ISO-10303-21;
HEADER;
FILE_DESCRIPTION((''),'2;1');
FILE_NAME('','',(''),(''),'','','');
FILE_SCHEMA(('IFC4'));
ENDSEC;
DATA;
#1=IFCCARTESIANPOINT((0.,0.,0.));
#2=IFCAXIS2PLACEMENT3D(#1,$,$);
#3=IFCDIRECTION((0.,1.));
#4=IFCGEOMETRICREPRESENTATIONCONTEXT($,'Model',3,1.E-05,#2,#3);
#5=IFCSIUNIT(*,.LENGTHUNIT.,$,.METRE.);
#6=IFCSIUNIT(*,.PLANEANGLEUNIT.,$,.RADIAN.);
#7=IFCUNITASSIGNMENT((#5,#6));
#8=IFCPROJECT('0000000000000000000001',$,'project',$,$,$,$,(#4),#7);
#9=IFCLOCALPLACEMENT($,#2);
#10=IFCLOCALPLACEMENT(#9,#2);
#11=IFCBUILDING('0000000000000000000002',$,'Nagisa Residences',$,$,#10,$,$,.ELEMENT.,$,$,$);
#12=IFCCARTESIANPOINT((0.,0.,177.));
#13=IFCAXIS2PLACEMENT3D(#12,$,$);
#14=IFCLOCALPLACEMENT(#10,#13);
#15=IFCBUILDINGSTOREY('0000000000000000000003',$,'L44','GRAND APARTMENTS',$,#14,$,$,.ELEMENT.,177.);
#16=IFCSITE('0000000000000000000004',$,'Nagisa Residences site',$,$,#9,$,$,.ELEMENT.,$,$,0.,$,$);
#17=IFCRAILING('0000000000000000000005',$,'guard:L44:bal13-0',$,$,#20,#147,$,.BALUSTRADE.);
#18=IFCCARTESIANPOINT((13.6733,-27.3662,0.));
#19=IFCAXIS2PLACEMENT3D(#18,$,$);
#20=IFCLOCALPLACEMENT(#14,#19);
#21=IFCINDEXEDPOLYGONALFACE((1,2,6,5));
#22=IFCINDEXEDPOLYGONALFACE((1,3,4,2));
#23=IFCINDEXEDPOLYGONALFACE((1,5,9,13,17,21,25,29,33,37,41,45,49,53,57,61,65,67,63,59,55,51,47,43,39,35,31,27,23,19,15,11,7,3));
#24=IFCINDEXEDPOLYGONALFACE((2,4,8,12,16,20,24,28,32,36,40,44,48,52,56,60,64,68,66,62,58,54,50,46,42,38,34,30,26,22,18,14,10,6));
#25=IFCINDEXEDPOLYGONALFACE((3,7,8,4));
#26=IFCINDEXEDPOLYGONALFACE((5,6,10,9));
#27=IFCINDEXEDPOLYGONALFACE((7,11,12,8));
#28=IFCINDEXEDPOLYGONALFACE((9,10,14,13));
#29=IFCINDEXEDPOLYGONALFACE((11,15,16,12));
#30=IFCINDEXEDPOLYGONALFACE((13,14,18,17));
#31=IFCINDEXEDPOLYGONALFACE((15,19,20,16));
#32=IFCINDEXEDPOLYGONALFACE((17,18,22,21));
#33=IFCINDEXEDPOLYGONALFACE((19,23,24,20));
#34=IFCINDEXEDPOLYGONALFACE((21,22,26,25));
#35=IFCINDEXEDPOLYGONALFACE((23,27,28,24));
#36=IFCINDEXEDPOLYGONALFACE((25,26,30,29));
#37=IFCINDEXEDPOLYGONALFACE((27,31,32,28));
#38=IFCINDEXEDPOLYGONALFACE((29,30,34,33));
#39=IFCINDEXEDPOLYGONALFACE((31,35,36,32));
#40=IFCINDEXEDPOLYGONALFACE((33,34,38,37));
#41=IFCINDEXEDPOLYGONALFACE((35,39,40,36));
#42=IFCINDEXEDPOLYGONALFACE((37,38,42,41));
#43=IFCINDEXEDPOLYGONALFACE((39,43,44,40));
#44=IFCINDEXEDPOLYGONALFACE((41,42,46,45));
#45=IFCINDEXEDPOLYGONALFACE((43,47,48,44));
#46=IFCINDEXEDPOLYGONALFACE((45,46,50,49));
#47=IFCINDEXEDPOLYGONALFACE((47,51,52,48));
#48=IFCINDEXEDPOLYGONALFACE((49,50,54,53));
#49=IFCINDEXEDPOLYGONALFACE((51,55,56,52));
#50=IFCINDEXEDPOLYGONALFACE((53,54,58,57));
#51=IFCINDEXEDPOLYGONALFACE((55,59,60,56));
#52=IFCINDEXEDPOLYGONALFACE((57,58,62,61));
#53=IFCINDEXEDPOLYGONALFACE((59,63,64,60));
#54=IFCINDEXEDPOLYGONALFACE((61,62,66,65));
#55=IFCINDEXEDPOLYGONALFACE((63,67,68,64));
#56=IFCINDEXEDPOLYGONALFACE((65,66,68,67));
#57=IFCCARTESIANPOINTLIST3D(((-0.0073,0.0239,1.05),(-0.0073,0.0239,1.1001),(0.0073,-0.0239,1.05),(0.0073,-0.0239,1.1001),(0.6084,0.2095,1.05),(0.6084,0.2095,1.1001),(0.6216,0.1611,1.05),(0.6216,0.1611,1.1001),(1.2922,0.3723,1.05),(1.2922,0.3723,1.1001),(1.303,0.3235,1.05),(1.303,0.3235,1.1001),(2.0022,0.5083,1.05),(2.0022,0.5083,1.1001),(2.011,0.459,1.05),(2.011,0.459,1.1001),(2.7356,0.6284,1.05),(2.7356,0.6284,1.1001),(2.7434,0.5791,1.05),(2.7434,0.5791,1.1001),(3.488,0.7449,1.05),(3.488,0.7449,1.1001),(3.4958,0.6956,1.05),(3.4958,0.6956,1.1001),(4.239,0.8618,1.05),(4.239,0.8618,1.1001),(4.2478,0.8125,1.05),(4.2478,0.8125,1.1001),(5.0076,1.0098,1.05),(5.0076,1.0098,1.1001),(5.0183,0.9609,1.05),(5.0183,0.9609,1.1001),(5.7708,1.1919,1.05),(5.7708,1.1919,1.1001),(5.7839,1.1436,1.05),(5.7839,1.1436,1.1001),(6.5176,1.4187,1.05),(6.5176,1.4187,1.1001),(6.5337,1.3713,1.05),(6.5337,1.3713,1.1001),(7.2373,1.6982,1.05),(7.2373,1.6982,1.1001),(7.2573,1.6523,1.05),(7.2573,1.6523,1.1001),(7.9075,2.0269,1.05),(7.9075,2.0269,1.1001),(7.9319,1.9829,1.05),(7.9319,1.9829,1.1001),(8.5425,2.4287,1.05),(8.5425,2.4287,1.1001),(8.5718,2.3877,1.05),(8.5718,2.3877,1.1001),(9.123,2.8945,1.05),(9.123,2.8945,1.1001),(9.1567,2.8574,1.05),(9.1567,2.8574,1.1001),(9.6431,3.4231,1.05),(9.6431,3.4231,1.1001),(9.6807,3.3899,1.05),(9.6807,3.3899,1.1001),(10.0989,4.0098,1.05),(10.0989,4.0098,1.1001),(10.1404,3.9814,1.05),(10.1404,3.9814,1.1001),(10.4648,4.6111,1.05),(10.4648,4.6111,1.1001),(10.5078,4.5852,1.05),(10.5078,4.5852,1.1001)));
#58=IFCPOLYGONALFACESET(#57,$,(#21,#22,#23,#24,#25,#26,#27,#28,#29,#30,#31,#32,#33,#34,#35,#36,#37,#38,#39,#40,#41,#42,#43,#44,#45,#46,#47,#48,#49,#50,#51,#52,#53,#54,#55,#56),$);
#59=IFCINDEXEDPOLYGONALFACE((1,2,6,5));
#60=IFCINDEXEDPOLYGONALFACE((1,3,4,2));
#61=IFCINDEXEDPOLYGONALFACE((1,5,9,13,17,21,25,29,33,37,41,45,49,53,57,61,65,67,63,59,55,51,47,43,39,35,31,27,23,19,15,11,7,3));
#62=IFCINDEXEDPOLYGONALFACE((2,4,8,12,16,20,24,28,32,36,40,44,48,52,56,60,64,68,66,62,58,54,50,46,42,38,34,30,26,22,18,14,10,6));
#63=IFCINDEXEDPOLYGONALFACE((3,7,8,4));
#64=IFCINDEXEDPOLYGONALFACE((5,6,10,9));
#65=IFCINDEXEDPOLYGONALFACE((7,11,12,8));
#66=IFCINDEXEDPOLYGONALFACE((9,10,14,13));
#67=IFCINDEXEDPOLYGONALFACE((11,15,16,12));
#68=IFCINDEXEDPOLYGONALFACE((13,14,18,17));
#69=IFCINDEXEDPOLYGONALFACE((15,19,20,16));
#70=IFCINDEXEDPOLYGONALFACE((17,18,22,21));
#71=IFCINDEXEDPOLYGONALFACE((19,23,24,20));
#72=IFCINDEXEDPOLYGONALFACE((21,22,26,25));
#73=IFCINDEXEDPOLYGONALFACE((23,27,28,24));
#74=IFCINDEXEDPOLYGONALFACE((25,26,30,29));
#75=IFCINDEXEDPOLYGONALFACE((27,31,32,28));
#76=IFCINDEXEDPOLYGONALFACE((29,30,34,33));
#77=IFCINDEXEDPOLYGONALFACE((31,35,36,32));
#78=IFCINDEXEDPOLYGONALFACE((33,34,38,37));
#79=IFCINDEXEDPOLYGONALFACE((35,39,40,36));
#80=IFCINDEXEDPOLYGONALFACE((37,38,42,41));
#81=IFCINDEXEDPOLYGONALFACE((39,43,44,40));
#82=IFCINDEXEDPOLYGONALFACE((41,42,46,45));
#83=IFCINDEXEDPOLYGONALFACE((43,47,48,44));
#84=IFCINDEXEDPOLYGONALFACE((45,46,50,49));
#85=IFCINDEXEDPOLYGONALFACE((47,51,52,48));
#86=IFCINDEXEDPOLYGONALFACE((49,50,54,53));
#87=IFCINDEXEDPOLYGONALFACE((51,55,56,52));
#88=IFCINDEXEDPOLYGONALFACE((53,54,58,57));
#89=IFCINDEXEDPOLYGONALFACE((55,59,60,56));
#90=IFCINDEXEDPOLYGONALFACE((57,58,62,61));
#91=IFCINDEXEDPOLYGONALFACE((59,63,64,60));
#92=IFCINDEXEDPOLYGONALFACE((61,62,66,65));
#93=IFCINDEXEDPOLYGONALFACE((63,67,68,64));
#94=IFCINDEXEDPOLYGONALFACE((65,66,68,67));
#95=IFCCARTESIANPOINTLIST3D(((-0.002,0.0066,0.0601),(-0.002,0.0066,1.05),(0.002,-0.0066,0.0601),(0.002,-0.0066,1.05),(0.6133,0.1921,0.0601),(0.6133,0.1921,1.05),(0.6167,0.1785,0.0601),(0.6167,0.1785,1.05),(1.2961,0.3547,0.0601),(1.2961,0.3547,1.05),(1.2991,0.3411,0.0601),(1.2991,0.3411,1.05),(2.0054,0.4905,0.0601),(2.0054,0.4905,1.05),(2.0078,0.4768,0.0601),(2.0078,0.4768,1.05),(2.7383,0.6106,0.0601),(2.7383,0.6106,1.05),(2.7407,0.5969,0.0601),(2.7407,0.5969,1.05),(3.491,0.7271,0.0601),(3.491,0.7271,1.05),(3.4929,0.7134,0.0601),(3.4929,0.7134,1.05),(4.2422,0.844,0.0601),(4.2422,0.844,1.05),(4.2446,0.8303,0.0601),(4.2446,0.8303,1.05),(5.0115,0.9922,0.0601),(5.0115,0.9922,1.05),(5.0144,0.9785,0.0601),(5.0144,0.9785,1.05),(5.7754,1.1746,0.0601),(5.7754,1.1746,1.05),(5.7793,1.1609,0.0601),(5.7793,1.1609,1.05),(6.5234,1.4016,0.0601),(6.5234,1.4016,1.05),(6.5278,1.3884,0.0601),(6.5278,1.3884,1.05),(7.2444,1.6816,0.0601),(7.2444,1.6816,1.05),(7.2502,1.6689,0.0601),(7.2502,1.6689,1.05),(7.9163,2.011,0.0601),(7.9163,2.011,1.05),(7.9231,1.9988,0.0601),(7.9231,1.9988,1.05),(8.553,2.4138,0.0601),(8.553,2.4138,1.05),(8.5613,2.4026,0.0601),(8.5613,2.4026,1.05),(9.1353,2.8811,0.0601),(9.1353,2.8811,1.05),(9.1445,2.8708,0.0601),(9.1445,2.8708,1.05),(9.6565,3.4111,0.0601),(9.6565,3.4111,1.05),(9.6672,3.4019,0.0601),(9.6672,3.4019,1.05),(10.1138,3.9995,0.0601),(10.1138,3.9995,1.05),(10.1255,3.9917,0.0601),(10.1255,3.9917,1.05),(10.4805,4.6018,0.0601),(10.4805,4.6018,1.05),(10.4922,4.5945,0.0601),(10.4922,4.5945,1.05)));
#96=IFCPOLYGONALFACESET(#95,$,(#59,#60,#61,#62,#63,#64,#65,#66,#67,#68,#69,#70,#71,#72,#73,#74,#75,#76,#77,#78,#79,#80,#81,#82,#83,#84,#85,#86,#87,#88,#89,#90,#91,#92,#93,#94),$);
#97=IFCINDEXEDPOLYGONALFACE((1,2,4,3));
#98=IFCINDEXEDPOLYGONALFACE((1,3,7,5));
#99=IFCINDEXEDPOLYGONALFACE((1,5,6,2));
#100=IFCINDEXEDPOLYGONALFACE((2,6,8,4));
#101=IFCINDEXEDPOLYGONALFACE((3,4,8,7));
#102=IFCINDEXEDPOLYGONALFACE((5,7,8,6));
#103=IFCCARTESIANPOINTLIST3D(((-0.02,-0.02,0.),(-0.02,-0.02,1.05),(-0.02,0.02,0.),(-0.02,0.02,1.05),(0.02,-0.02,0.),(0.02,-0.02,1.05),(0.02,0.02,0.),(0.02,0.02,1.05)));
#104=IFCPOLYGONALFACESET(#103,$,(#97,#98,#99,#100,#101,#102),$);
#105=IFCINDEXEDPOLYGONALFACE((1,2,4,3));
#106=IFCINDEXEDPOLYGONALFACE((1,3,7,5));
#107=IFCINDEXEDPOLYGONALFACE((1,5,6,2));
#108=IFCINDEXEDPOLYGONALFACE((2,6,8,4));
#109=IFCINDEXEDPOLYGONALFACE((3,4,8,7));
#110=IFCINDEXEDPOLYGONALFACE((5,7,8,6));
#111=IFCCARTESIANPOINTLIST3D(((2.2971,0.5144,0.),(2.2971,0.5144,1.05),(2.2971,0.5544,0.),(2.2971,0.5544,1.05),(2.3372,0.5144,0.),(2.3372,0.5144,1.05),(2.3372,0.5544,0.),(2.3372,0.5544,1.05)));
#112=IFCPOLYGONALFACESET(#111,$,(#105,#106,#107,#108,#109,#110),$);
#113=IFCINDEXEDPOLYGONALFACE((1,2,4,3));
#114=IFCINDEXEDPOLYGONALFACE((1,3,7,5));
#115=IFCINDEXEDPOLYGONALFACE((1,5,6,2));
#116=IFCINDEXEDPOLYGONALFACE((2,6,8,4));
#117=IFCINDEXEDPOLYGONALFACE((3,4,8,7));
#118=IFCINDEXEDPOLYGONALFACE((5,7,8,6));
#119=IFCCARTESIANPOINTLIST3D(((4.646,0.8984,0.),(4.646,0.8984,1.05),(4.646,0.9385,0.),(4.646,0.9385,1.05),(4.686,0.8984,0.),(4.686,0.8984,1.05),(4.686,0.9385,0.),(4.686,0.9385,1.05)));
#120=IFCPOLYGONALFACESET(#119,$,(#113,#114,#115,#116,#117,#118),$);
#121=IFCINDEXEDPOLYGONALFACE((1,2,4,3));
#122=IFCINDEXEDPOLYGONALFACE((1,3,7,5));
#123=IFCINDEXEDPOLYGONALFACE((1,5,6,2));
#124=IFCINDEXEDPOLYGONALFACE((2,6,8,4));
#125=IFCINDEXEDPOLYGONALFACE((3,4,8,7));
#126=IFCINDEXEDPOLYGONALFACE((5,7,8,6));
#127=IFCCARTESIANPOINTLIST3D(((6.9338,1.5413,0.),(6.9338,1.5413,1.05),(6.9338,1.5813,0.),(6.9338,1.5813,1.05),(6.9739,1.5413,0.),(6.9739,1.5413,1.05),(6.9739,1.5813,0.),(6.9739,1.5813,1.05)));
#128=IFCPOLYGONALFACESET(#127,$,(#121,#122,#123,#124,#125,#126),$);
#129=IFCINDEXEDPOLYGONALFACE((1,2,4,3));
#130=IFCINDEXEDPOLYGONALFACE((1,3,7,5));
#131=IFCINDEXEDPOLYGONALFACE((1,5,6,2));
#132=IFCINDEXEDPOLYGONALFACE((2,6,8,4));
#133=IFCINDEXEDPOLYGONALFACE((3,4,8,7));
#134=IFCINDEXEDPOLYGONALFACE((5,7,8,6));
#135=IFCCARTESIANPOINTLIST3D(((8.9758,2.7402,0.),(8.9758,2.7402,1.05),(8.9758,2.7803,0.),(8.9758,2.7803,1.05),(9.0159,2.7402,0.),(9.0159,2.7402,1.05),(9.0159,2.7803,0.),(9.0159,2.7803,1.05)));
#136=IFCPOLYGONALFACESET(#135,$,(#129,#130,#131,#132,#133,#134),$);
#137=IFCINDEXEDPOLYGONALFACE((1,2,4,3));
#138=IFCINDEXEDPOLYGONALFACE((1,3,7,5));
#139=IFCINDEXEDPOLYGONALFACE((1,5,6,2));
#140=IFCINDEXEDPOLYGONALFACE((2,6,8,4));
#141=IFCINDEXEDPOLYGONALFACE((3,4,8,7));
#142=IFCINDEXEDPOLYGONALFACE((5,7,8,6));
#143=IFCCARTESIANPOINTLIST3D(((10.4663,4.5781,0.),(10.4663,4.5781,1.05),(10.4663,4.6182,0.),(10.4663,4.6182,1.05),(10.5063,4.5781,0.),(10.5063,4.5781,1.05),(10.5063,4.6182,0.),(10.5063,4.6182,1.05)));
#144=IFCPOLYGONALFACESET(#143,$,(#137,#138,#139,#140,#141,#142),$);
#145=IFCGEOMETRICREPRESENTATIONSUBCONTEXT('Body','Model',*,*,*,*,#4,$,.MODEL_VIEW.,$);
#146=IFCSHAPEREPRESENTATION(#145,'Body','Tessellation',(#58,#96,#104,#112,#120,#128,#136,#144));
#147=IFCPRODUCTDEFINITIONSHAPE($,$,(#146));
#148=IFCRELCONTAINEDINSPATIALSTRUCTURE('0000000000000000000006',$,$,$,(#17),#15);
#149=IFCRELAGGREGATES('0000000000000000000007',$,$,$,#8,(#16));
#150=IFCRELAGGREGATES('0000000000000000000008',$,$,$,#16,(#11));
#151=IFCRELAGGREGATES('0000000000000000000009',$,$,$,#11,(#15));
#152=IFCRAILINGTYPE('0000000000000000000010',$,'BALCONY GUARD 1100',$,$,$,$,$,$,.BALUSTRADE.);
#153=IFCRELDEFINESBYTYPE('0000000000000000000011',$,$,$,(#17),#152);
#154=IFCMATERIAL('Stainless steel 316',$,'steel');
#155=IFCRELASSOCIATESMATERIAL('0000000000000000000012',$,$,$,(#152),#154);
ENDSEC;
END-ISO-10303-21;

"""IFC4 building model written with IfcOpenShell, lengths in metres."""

from ifc_helpers import new_model, si_unit, direction, frame, origin, origin_2d, place, context, subcontext, project, spatial, polyline, rectangle, outline, extrude, material, type_object, element, save


model = new_model("IFC4")

# Units and contexts
model_context = context("Model", 3, precision=1e-05, world=origin(), true_north=direction((0.0, 1.0)))
body_context = subcontext(model_context, "Body", "Model", "MODEL_VIEW")
ifc_project = project(units=[si_unit("LENGTHUNIT", "METRE"), si_unit("PLANEANGLEUNIT", "RADIAN")], contexts=[model_context])

# Site, building, storey
site_placement = place(None, origin())
site = spatial("IfcSite", under=ifc_project, at=site_placement, Name="Nagisa Residences site", CompositionType="ELEMENT", RefElevation=0.0)
building_placement = place(site_placement, origin())
building = spatial("IfcBuilding", under=site, at=building_placement, Name="Nagisa Residences", CompositionType="ELEMENT")
storey_placement = place(building_placement, frame((0.0, 0.0, 177.0)))
storey = spatial("IfcBuildingStorey", under=building, at=storey_placement, Name="L44", Description="GRAND APARTMENTS", CompositionType="ELEMENT", Elevation=177.0)

# Railing
ifc_material_1 = material(Name="Stainless steel 316", Category="steel")
railing_type = type_object("IfcRailingType", Name="BALCONY GUARD 1100", PredefinedType="BALUSTRADE", material=ifc_material_1)
railing_1_placement = place(storey_placement, frame((13.6733, -27.3662, 0.0)))
element("IfcRailing", 1, at=railing_1_placement, inside=storey, type_object=railing_type, Name="guard:L44:bal13-0", PredefinedType="BALUSTRADE", context=body_context, shape_type="SweptSolid", body=[
    extrude(outline(polyline([(0.6084, 0.2095), (-0.0073, 0.0239), (0.0073, -0.0239), (0.6216, 0.1611), (1.303, 0.3235), (2.011, 0.459), (2.7434, 0.5791), (3.4958, 0.6956), (4.2478, 0.8125), (5.0183, 0.9609), (5.7839, 1.1436), (6.5337, 1.3713), (7.2573, 1.6523), (7.9319, 1.9829), (8.5718, 2.3877), (9.1567, 2.8574), (9.6807, 3.3899), (10.1404, 3.9814), (10.5078, 4.5852), (10.4648, 4.6111), (10.0989, 4.0098), (9.6431, 3.4231), (9.123, 2.8945), (8.5425, 2.4287), (7.9075, 2.0269), (7.2373, 1.6982), (6.5176, 1.4187), (5.7708, 1.1919), (5.0076, 1.0098), (4.239, 0.8618), (3.488, 0.7449), (2.7356, 0.6284), (2.0022, 0.5083), (1.2922, 0.3723), (0.6084, 0.2095)])), frame((0.0, 0.0, 1.05)), (0.0, 0.0, 1.0), 0.05),
    extrude(outline(polyline([(0.6133, 0.1921), (-0.002, 0.0066), (0.002, -0.0066), (0.6167, 0.1785), (1.2991, 0.3411), (2.0078, 0.4768), (2.7407, 0.5969), (3.4929, 0.7134), (4.2446, 0.8303), (5.0144, 0.9785), (5.7793, 1.1609), (6.5278, 1.3884), (7.2502, 1.6689), (7.9231, 1.9988), (8.5613, 2.4026), (9.1445, 2.8708), (9.6672, 3.4019), (10.1255, 3.9917), (10.4922, 4.5945), (10.4805, 4.6018), (10.1138, 3.9995), (9.6565, 3.4111), (9.1353, 2.8811), (8.553, 2.4138), (7.9163, 2.011), (7.2444, 1.6816), (6.5234, 1.4016), (5.7754, 1.1746), (5.0115, 0.9922), (4.2422, 0.844), (3.491, 0.7271), (2.7383, 0.6106), (2.0054, 0.4905), (1.2961, 0.3547), (0.6133, 0.1921)])), frame((0.0, 0.0, 0.0601)), (0.0, 0.0, 1.0), 0.99),
    extrude(rectangle(XDim=0.04, YDim=0.04, at=origin_2d()), origin(), (0.0, 0.0, 1.0), 1.05),
    extrude(rectangle(XDim=0.04, YDim=0.04, at=origin_2d()), frame((2.3171, 0.5344, 0.0)), (0.0, 0.0, 1.0), 1.05),
    extrude(rectangle(XDim=0.04, YDim=0.04, at=origin_2d()), frame((4.666, 0.9185, 0.0)), (0.0, 0.0, 1.0), 1.05),
    extrude(rectangle(XDim=0.04, YDim=0.04, at=origin_2d()), frame((6.9539, 1.5613, 0.0)), (0.0, 0.0, 1.0), 1.05),
    extrude(rectangle(XDim=0.04, YDim=0.04, at=origin_2d()), frame((8.9958, 2.7603, 0.0)), (0.0, 0.0, 1.0), 1.05),
    extrude(rectangle(XDim=0.04, YDim=0.04, at=origin_2d()), frame((10.4863, 4.5981, 0.0)), (0.0, 0.0, 1.0), 1.05),
])

save(model, "model.ifc")
